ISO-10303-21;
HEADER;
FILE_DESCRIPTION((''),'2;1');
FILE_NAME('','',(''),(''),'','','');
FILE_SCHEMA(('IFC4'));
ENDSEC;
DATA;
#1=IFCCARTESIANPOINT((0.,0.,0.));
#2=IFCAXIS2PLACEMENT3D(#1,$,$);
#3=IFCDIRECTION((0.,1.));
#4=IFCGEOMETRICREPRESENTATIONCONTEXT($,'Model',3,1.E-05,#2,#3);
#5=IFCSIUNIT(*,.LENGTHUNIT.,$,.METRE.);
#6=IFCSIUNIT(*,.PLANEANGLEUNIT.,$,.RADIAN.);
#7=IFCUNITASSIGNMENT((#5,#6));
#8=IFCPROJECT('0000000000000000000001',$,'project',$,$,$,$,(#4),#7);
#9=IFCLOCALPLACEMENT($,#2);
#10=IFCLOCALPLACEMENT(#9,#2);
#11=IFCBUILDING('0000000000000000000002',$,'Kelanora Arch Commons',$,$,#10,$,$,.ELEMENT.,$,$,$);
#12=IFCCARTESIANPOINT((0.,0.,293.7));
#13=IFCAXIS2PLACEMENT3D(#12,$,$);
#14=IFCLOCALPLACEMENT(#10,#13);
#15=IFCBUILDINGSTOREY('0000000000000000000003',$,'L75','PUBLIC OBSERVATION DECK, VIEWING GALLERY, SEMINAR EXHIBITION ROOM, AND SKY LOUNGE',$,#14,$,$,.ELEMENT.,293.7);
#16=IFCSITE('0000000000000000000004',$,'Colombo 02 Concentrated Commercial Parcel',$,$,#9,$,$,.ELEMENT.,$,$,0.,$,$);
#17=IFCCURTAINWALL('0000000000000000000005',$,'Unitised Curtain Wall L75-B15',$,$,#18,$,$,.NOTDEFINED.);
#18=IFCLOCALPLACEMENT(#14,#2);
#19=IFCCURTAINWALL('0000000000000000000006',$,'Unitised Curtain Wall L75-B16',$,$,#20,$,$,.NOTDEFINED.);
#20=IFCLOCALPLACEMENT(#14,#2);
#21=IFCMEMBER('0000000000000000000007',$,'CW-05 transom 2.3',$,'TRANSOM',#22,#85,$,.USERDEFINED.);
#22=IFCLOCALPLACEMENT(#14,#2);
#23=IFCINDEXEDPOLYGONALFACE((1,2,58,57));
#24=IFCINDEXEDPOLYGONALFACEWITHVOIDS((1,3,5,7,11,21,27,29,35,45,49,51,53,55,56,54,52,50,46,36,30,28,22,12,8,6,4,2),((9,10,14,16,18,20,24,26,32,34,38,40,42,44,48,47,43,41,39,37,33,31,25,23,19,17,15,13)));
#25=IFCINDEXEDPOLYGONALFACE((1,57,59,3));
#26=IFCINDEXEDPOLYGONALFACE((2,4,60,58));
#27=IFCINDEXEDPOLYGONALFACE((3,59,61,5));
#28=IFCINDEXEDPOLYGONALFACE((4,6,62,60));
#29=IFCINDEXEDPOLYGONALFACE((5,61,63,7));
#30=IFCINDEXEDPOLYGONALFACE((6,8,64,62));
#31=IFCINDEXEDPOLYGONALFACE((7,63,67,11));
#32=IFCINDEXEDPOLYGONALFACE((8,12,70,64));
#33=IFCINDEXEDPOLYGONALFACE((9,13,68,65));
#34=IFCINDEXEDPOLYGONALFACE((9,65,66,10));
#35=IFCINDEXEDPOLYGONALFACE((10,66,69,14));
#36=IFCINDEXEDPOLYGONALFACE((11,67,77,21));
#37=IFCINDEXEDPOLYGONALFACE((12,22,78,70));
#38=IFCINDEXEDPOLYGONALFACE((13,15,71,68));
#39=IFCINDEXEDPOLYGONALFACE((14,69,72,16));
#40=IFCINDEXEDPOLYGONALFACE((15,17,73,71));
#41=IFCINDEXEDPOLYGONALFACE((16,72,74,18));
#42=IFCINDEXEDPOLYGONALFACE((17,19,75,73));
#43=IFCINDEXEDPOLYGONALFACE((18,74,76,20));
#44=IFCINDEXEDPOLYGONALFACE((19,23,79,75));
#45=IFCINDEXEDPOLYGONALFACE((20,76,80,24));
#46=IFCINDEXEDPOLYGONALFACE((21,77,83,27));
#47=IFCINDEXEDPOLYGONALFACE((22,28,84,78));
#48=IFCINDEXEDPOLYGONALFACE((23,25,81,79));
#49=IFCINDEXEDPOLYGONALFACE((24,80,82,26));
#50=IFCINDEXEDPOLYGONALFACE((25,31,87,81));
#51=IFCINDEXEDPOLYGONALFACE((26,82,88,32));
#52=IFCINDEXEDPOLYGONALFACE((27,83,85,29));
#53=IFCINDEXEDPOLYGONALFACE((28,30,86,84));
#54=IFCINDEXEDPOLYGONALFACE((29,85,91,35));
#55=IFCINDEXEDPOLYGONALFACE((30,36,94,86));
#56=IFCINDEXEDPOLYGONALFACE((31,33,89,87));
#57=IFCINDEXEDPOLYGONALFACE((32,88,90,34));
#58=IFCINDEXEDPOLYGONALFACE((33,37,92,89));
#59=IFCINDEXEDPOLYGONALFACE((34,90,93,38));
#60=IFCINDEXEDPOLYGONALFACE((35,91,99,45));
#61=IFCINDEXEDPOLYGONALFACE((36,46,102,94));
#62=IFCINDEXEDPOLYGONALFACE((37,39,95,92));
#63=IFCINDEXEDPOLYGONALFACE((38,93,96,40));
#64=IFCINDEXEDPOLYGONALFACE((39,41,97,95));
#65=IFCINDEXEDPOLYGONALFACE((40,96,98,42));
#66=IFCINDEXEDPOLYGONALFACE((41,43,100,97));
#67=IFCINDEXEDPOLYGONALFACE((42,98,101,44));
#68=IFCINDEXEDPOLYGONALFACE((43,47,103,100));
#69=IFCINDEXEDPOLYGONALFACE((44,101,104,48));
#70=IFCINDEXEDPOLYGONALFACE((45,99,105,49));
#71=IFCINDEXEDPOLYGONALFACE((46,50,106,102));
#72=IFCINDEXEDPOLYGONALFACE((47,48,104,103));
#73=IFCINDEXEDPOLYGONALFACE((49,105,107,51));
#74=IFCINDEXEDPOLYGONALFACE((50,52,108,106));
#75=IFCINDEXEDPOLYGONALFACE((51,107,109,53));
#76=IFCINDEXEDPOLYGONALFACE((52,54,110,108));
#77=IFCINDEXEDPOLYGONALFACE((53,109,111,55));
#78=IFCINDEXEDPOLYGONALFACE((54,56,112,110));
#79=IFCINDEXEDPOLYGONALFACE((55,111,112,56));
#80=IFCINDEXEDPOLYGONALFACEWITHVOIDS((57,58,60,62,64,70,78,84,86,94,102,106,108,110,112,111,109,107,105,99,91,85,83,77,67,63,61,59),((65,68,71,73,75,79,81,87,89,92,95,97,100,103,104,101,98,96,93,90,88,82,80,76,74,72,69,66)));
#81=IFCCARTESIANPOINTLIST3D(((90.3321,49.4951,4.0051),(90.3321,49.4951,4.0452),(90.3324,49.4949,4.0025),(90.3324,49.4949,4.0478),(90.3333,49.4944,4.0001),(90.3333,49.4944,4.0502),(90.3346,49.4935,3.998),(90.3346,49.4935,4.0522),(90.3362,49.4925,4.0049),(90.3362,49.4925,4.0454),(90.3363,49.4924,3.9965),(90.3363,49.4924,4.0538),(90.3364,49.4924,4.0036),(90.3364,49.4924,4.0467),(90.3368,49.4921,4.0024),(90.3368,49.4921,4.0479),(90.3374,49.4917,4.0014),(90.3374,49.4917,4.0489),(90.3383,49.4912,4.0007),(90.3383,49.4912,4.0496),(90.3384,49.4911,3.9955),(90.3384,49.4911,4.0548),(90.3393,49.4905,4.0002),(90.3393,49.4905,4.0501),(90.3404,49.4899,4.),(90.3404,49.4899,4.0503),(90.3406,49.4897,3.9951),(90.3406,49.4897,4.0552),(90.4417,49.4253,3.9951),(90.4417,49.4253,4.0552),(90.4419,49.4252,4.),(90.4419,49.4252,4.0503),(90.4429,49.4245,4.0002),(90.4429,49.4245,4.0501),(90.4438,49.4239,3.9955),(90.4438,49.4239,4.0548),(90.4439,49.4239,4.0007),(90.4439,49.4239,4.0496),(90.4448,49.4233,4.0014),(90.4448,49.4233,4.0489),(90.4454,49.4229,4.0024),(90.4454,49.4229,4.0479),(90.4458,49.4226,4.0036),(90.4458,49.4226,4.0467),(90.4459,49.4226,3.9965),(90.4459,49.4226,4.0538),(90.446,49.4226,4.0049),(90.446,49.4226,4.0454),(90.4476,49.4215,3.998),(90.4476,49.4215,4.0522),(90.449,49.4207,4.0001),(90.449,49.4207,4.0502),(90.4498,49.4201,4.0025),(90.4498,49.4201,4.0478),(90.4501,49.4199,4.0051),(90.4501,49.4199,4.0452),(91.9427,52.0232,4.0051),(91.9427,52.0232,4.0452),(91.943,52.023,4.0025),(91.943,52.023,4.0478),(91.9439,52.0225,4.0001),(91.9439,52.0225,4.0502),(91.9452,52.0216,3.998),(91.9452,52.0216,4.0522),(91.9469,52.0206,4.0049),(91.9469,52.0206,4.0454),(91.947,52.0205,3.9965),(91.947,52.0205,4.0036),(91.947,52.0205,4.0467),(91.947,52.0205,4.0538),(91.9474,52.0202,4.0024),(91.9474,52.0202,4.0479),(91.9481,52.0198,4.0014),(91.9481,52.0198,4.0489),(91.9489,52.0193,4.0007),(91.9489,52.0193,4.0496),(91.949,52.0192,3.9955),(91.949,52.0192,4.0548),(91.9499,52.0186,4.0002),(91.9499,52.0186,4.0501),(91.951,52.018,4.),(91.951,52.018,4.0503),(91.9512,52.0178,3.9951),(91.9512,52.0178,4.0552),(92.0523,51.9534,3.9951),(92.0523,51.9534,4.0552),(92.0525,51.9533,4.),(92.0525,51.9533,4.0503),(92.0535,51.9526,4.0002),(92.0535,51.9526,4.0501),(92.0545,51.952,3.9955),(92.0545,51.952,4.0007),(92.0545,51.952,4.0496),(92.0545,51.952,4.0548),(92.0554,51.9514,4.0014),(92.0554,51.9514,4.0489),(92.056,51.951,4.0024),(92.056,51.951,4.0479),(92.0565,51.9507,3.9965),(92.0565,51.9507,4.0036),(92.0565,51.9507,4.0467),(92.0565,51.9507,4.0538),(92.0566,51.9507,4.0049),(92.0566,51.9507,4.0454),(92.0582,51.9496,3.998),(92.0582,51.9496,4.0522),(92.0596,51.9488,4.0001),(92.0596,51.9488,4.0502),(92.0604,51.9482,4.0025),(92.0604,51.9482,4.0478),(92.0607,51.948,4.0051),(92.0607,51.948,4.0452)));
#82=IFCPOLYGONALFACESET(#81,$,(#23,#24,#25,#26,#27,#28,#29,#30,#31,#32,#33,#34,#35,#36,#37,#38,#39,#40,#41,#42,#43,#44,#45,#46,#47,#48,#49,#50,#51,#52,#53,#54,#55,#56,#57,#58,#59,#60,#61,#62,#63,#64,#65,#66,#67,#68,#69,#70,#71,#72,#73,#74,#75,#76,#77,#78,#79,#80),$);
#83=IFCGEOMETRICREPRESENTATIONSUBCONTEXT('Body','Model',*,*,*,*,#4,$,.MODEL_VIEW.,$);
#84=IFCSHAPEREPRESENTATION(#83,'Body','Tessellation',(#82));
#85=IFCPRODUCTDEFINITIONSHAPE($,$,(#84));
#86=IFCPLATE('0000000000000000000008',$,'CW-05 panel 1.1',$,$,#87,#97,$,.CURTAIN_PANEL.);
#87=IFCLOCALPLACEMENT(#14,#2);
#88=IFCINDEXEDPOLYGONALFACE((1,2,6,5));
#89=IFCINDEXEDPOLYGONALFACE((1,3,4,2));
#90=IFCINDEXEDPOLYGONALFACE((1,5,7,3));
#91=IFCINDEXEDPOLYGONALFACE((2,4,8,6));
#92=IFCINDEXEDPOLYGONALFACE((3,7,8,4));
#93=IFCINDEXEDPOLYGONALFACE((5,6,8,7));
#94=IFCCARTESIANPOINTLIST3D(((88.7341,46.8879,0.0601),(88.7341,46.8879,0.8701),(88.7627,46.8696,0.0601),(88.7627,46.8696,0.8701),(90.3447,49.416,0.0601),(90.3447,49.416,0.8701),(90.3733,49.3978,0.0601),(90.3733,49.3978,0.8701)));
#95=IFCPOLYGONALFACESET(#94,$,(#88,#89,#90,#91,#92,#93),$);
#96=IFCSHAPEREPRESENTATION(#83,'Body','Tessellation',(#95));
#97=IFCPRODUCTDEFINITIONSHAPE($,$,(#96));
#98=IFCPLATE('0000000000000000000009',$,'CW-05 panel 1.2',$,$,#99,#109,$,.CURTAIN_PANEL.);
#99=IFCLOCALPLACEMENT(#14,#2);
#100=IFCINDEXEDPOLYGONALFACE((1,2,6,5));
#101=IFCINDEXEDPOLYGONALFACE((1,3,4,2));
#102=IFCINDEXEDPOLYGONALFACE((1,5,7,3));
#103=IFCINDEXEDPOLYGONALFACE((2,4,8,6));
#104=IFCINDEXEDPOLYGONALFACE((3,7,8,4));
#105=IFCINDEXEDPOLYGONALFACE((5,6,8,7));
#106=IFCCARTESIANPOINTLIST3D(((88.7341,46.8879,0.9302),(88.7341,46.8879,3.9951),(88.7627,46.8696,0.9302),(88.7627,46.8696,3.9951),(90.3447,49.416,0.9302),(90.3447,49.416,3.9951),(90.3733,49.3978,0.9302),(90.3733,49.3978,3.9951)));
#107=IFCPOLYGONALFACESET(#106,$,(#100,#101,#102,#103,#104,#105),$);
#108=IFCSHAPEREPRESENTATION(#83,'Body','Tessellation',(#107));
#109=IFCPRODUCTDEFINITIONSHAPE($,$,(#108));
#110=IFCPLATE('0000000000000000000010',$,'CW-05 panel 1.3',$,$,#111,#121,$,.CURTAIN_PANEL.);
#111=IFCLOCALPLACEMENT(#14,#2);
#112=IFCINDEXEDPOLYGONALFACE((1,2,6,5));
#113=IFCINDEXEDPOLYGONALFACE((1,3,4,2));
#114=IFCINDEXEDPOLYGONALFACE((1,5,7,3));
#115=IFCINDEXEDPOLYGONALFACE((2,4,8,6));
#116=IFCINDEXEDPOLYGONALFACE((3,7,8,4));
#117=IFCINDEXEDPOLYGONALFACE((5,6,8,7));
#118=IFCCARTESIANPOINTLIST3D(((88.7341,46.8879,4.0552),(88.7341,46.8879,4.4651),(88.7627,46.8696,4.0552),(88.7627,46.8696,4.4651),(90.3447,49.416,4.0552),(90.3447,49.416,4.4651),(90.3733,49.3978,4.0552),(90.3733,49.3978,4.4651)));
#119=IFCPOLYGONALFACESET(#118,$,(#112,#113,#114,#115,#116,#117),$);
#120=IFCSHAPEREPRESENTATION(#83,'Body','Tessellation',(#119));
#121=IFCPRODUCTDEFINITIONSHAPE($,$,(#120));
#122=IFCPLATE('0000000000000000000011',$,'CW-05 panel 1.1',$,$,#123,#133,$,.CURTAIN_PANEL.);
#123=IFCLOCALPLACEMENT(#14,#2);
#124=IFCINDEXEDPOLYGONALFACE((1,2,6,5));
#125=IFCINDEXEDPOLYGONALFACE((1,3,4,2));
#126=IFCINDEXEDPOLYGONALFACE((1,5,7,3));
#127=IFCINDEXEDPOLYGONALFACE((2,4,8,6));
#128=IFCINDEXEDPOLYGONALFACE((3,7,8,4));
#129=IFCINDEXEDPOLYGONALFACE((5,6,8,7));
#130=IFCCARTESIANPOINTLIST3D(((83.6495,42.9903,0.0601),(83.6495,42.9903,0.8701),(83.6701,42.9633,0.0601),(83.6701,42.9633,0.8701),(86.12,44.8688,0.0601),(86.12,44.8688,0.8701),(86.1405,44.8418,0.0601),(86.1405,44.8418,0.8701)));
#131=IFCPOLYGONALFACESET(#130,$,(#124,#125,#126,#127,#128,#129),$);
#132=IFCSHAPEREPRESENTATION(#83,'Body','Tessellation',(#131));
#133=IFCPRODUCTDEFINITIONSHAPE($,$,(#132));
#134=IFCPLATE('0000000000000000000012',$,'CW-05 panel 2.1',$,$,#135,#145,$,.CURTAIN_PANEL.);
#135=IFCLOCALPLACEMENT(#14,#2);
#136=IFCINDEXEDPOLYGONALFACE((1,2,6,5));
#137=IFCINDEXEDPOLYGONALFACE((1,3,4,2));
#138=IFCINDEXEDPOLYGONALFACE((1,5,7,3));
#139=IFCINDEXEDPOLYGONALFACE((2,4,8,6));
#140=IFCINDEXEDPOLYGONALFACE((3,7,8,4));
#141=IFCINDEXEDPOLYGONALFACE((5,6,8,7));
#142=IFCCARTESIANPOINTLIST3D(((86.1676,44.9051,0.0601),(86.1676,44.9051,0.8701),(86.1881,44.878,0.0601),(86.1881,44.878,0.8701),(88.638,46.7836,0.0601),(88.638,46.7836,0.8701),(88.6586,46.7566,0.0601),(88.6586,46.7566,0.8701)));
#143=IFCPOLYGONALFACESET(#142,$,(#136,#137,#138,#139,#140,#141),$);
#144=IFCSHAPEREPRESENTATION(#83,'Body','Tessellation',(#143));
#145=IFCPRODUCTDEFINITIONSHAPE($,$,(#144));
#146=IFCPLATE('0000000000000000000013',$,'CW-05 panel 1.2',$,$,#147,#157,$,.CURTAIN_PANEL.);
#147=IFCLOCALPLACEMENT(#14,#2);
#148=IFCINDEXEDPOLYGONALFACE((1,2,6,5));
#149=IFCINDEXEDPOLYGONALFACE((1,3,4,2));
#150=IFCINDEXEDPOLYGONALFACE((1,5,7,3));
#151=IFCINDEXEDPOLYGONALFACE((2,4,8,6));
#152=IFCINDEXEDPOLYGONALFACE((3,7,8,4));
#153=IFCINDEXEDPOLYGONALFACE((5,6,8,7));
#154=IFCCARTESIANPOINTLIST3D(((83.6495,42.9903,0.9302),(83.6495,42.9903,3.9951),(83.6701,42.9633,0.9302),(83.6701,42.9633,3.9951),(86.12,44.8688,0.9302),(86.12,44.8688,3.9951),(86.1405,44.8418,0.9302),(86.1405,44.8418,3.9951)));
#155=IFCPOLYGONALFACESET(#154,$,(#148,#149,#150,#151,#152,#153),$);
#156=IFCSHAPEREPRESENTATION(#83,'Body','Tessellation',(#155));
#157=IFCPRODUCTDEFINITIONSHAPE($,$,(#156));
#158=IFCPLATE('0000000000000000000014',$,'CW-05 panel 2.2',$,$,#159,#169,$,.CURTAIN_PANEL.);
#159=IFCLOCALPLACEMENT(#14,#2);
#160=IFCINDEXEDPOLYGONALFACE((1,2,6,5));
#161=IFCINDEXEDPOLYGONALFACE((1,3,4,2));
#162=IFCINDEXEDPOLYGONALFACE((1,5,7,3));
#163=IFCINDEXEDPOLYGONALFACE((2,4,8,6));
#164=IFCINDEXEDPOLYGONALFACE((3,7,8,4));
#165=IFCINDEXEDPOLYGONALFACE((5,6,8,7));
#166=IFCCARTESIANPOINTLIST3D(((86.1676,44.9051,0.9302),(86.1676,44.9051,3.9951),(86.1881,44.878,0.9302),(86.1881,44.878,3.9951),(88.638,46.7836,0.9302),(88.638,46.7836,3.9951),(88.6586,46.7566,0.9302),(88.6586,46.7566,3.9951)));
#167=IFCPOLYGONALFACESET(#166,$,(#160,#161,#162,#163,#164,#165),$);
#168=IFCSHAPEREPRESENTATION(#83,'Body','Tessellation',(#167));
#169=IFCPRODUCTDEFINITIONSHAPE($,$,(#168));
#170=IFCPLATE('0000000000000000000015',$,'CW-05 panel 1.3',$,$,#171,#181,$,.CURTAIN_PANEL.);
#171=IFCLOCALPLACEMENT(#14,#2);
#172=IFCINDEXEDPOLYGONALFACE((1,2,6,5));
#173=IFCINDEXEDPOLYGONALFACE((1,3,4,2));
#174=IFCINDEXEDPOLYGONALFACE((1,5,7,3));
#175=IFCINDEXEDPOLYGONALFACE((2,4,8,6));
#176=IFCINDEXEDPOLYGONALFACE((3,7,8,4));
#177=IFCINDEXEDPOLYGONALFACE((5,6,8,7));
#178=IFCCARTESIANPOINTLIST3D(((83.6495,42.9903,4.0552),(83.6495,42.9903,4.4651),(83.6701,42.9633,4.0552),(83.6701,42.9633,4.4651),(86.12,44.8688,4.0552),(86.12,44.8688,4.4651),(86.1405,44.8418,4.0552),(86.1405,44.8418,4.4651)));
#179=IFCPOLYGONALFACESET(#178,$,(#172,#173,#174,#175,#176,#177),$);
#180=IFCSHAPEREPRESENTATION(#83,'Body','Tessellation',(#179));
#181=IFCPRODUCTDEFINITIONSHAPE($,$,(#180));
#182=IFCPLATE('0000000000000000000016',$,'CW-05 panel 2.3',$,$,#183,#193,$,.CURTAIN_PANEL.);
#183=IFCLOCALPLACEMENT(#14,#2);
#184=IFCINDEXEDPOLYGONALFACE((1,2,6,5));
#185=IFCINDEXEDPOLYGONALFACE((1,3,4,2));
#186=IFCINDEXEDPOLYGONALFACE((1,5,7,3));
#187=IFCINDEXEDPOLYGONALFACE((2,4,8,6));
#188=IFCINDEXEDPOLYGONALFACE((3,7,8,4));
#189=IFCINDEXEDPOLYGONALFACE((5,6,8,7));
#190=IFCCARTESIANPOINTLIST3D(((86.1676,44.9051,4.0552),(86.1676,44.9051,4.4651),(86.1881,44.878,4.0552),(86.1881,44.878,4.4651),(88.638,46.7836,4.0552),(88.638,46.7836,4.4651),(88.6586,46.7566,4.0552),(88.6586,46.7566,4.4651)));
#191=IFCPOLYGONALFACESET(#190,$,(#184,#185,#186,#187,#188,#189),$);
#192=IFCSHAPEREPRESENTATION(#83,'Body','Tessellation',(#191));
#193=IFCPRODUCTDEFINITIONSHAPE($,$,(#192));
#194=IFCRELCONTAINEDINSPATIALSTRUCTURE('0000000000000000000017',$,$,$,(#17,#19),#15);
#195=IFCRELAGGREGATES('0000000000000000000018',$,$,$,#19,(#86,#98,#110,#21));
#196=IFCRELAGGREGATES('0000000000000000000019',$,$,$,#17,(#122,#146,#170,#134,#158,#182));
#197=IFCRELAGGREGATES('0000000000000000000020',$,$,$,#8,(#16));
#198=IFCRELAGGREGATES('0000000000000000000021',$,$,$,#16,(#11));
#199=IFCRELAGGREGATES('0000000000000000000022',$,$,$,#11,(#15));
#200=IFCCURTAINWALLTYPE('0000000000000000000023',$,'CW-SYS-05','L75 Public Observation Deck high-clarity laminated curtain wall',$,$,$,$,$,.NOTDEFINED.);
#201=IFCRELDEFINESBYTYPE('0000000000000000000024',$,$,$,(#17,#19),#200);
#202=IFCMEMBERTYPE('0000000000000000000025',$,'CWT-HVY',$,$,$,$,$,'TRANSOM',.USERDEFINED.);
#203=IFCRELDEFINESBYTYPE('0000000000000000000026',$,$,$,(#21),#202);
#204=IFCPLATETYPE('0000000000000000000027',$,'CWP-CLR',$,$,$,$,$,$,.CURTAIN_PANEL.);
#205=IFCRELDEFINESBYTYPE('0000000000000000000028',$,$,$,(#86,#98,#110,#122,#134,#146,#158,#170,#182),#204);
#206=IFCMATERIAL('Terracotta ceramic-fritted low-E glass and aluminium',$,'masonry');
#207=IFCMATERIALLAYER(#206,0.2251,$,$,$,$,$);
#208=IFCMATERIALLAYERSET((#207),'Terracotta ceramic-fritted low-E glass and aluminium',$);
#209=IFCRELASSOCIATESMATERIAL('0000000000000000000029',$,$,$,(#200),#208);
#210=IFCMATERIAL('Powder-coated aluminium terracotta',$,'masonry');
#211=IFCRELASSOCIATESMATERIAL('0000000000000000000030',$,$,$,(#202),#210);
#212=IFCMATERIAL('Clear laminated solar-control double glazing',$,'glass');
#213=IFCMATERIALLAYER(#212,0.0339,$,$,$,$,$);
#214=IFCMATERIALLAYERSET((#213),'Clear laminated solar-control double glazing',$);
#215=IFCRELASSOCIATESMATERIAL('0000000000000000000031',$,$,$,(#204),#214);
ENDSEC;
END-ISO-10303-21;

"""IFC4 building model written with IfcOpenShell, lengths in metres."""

from ifc_helpers import new_model, si_unit, direction, frame, origin, origin_2d, place, context, subcontext, project, spatial, rectangle, hollow_rectangle, extrude, source, transform, mapped, material, layer, layer_set, material_profile, profile_set, type_object, element, aggregate, save


model = new_model("IFC4")

# Units and contexts
model_context = context("Model", 3, precision=1e-05, world=origin(), true_north=direction((0.0, 1.0)))
body_context = subcontext(model_context, "Body", "Model", "MODEL_VIEW")
ifc_project = project(units=[si_unit("LENGTHUNIT", "METRE"), si_unit("PLANEANGLEUNIT", "RADIAN")], contexts=[model_context])

# Site, building, storey
site_placement = place(None, origin())
site = spatial("IfcSite", under=ifc_project, at=site_placement, Name="Colombo 02 Concentrated Commercial Parcel", CompositionType="ELEMENT", RefElevation=0.0)
building_placement = place(site_placement, origin())
building = spatial("IfcBuilding", under=site, at=building_placement, Name="Kelanora Arch Commons", CompositionType="ELEMENT")
storey_placement = place(building_placement, frame((0.0, 0.0, 293.7)))
storey = spatial("IfcBuildingStorey", under=building, at=storey_placement, Name="L75", Description="PUBLIC OBSERVATION DECK, VIEWING GALLERY, SEMINAR EXHIBITION ROOM, AND SKY LOUNGE", CompositionType="ELEMENT", Elevation=293.7)

# Curtain walls
ifc_material_1 = material(Name="Terracotta ceramic-fritted low-E glass and aluminium", Category="masonry")
ifc_layer_1 = layer(ifc_material_1, 0.2251)
ifc_layer_set_1 = layer_set([ifc_layer_1], Name="Terracotta ceramic-fritted low-E glass and aluminium")
curtain_wall_type = type_object("IfcCurtainWallType", Name="CW-SYS-05", Description="L75 Public Observation Deck high-clarity laminated curtain wall", PredefinedType="NOTDEFINED", material=ifc_layer_set_1)
curtain_wall_1_placement = place(storey_placement, origin())
curtain_wall_1 = element("IfcCurtainWall", 1, at=curtain_wall_1_placement, inside=storey, type_object=curtain_wall_type, Name="Unitised Curtain Wall L75-B15", PredefinedType="NOTDEFINED")
ifc_material_2 = material(Name="Powder-coated aluminium terracotta", Category="masonry")
curtain_wall_2_placement = place(storey_placement, origin())
curtain_wall_2 = element("IfcCurtainWall", 2, at=curtain_wall_2_placement, inside=storey, type_object=curtain_wall_type, Name="Unitised Curtain Wall L75-B16", PredefinedType="NOTDEFINED")

# Member
ifc_material_profile_1 = material_profile(ifc_material_2, hollow_rectangle(XDim=0.1399, YDim=0.0601, WallThickness=0.0049, InnerFilletRadius=0.0049, OuterFilletRadius=0.01, at=origin_2d()), Name="CWT140x60")
ifc_profile_set_1 = profile_set([ifc_material_profile_1], Name="Powder-coated aluminium terracotta")
member_type_1 = type_object("IfcMemberType", Name="CWT-HVY", ElementType="TRANSOM", PredefinedType="USERDEFINED", material=ifc_profile_set_1)
member_1_placement = place(storey_placement, frame((90.3911, 49.4575, 4.0251), z_axis=(0.537308, 0.843386, 0.0), x_axis=(-0.843386, 0.537308, 0.0)))
member_1 = element("IfcMember", 3, at=member_1_placement, type_object=member_type_1, Name="CW-05 transom 2.3", ObjectType="TRANSOM", PredefinedType="USERDEFINED", context=body_context, shape_type="SweptSolid", body=[
    extrude(hollow_rectangle(XDim=0.1399, YDim=0.0601, WallThickness=0.0049, InnerFilletRadius=0.0049, OuterFilletRadius=0.01, at=origin_2d()), origin(), (0.0, 0.0, 1.0), 2.9976),
])

# Plates
ifc_material_3 = material(Name="Clear laminated solar-control double glazing", Category="glass")
ifc_layer_2 = layer(ifc_material_3, 0.0339)
ifc_layer_set_2 = layer_set([ifc_layer_2], Name="Clear laminated solar-control double glazing")
plate_type = type_object("IfcPlateType", Name="CWP-CLR", PredefinedType="CURTAIN_PANEL", material=ifc_layer_set_2)
shared_shape_1 = source(origin(), body_context, "Body", "SweptSolid", [
    extrude(rectangle(XDim=2.9976, YDim=0.0339, at=origin_2d()), origin(), (0.0, 0.0, 1.0), 0.8101),
])
plate_1_placement = place(storey_placement, frame((89.5537, 48.1428, 0.0601), z_axis=(0.0, 0.0, 1.0), x_axis=(0.5373, 0.843391, 0.0)))
plate_1 = element("IfcPlate", 4, at=plate_1_placement, type_object=plate_type, Name="CW-05 panel 1.1", PredefinedType="CURTAIN_PANEL", context=body_context, shape_type="MappedRepresentation", body=[
    mapped(shared_shape_1, transform((0.0, 0.0, 0.0), scale=1.0)),
])
shared_shape_2 = source(origin(), body_context, "Body", "SweptSolid", [
    extrude(rectangle(XDim=2.9976, YDim=0.0339, at=origin_2d()), origin(), (0.0, 0.0, 1.0), 3.0649),
])
plate_2_placement = place(storey_placement, frame((89.5537, 48.1428, 0.9302), z_axis=(0.0, 0.0, 1.0), x_axis=(0.5373, 0.843391, 0.0)))
plate_2 = element("IfcPlate", 5, at=plate_2_placement, type_object=plate_type, Name="CW-05 panel 1.2", PredefinedType="CURTAIN_PANEL", context=body_context, shape_type="MappedRepresentation", body=[
    mapped(shared_shape_2, transform((0.0, 0.0, 0.0), scale=1.0)),
])
shared_shape_3 = source(origin(), body_context, "Body", "SweptSolid", [
    extrude(rectangle(XDim=2.9976, YDim=0.0339, at=origin_2d()), origin(), (0.0, 0.0, 1.0), 0.4099),
])
plate_3_placement = place(storey_placement, frame((89.5537, 48.1428, 4.0552), z_axis=(0.0, 0.0, 1.0), x_axis=(0.5373, 0.843391, 0.0)))
plate_3 = element("IfcPlate", 6, at=plate_3_placement, type_object=plate_type, Name="CW-05 panel 1.3", PredefinedType="CURTAIN_PANEL", context=body_context, shape_type="MappedRepresentation", body=[
    mapped(shared_shape_3, transform((0.0, 0.0, 0.0), scale=1.0)),
])
aggregate(curtain_wall_2, [plate_1, plate_2, plate_3, member_1])
shared_shape_4 = source(origin(), body_context, "Body", "SweptSolid", [
    extrude(rectangle(XDim=3.1035, YDim=0.0339, at=origin_2d()), origin(), (0.0, 0.0, 1.0), 0.8101),
])
plate_4_placement = place(storey_placement, frame((84.895, 43.916, 0.0601), z_axis=(0.0, 0.0, 1.0), x_axis=(0.796009, 0.605285, 0.0)))
plate_4 = element("IfcPlate", 7, at=plate_4_placement, type_object=plate_type, Name="CW-05 panel 1.1", PredefinedType="CURTAIN_PANEL", context=body_context, shape_type="MappedRepresentation", body=[
    mapped(shared_shape_4, transform((0.0, 0.0, 0.0), scale=1.0)),
])
plate_5_placement = place(storey_placement, frame((87.4131, 45.8308, 0.0601), z_axis=(0.0, 0.0, 1.0), x_axis=(0.796009, 0.605285, 0.0)))
plate_5 = element("IfcPlate", 8, at=plate_5_placement, type_object=plate_type, Name="CW-05 panel 2.1", PredefinedType="CURTAIN_PANEL", context=body_context, shape_type="MappedRepresentation", body=[
    mapped(shared_shape_4, transform((0.0, 0.0, 0.0), scale=1.0)),
])
shared_shape_5 = source(origin(), body_context, "Body", "SweptSolid", [
    extrude(rectangle(XDim=3.1035, YDim=0.0339, at=origin_2d()), origin(), (0.0, 0.0, 1.0), 3.0649),
])
plate_6_placement = place(storey_placement, frame((84.895, 43.916, 0.9302), z_axis=(0.0, 0.0, 1.0), x_axis=(0.796009, 0.605285, 0.0)))
plate_6 = element("IfcPlate", 9, at=plate_6_placement, type_object=plate_type, Name="CW-05 panel 1.2", PredefinedType="CURTAIN_PANEL", context=body_context, shape_type="MappedRepresentation", body=[
    mapped(shared_shape_5, transform((0.0, 0.0, 0.0), scale=1.0)),
])
plate_7_placement = place(storey_placement, frame((87.4131, 45.8308, 0.9302), z_axis=(0.0, 0.0, 1.0), x_axis=(0.796009, 0.605285, 0.0)))
plate_7 = element("IfcPlate", 10, at=plate_7_placement, type_object=plate_type, Name="CW-05 panel 2.2", PredefinedType="CURTAIN_PANEL", context=body_context, shape_type="MappedRepresentation", body=[
    mapped(shared_shape_5, transform((0.0, 0.0, 0.0), scale=1.0)),
])
shared_shape_6 = source(origin(), body_context, "Body", "SweptSolid", [
    extrude(rectangle(XDim=3.1035, YDim=0.0339, at=origin_2d()), origin(), (0.0, 0.0, 1.0), 0.4099),
])
plate_8_placement = place(storey_placement, frame((84.895, 43.916, 4.0552), z_axis=(0.0, 0.0, 1.0), x_axis=(0.796009, 0.605285, 0.0)))
plate_8 = element("IfcPlate", 11, at=plate_8_placement, type_object=plate_type, Name="CW-05 panel 1.3", PredefinedType="CURTAIN_PANEL", context=body_context, shape_type="MappedRepresentation", body=[
    mapped(shared_shape_6, transform((0.0, 0.0, 0.0), scale=1.0)),
])
plate_9_placement = place(storey_placement, frame((87.4131, 45.8308, 4.0552), z_axis=(0.0, 0.0, 1.0), x_axis=(0.796009, 0.605285, 0.0)))
plate_9 = element("IfcPlate", 12, at=plate_9_placement, type_object=plate_type, Name="CW-05 panel 2.3", PredefinedType="CURTAIN_PANEL", context=body_context, shape_type="MappedRepresentation", body=[
    mapped(shared_shape_6, transform((0.0, 0.0, 0.0), scale=1.0)),
])
aggregate(curtain_wall_1, [plate_4, plate_6, plate_8, plate_5, plate_7, plate_9])

save(model, "model.ifc")
